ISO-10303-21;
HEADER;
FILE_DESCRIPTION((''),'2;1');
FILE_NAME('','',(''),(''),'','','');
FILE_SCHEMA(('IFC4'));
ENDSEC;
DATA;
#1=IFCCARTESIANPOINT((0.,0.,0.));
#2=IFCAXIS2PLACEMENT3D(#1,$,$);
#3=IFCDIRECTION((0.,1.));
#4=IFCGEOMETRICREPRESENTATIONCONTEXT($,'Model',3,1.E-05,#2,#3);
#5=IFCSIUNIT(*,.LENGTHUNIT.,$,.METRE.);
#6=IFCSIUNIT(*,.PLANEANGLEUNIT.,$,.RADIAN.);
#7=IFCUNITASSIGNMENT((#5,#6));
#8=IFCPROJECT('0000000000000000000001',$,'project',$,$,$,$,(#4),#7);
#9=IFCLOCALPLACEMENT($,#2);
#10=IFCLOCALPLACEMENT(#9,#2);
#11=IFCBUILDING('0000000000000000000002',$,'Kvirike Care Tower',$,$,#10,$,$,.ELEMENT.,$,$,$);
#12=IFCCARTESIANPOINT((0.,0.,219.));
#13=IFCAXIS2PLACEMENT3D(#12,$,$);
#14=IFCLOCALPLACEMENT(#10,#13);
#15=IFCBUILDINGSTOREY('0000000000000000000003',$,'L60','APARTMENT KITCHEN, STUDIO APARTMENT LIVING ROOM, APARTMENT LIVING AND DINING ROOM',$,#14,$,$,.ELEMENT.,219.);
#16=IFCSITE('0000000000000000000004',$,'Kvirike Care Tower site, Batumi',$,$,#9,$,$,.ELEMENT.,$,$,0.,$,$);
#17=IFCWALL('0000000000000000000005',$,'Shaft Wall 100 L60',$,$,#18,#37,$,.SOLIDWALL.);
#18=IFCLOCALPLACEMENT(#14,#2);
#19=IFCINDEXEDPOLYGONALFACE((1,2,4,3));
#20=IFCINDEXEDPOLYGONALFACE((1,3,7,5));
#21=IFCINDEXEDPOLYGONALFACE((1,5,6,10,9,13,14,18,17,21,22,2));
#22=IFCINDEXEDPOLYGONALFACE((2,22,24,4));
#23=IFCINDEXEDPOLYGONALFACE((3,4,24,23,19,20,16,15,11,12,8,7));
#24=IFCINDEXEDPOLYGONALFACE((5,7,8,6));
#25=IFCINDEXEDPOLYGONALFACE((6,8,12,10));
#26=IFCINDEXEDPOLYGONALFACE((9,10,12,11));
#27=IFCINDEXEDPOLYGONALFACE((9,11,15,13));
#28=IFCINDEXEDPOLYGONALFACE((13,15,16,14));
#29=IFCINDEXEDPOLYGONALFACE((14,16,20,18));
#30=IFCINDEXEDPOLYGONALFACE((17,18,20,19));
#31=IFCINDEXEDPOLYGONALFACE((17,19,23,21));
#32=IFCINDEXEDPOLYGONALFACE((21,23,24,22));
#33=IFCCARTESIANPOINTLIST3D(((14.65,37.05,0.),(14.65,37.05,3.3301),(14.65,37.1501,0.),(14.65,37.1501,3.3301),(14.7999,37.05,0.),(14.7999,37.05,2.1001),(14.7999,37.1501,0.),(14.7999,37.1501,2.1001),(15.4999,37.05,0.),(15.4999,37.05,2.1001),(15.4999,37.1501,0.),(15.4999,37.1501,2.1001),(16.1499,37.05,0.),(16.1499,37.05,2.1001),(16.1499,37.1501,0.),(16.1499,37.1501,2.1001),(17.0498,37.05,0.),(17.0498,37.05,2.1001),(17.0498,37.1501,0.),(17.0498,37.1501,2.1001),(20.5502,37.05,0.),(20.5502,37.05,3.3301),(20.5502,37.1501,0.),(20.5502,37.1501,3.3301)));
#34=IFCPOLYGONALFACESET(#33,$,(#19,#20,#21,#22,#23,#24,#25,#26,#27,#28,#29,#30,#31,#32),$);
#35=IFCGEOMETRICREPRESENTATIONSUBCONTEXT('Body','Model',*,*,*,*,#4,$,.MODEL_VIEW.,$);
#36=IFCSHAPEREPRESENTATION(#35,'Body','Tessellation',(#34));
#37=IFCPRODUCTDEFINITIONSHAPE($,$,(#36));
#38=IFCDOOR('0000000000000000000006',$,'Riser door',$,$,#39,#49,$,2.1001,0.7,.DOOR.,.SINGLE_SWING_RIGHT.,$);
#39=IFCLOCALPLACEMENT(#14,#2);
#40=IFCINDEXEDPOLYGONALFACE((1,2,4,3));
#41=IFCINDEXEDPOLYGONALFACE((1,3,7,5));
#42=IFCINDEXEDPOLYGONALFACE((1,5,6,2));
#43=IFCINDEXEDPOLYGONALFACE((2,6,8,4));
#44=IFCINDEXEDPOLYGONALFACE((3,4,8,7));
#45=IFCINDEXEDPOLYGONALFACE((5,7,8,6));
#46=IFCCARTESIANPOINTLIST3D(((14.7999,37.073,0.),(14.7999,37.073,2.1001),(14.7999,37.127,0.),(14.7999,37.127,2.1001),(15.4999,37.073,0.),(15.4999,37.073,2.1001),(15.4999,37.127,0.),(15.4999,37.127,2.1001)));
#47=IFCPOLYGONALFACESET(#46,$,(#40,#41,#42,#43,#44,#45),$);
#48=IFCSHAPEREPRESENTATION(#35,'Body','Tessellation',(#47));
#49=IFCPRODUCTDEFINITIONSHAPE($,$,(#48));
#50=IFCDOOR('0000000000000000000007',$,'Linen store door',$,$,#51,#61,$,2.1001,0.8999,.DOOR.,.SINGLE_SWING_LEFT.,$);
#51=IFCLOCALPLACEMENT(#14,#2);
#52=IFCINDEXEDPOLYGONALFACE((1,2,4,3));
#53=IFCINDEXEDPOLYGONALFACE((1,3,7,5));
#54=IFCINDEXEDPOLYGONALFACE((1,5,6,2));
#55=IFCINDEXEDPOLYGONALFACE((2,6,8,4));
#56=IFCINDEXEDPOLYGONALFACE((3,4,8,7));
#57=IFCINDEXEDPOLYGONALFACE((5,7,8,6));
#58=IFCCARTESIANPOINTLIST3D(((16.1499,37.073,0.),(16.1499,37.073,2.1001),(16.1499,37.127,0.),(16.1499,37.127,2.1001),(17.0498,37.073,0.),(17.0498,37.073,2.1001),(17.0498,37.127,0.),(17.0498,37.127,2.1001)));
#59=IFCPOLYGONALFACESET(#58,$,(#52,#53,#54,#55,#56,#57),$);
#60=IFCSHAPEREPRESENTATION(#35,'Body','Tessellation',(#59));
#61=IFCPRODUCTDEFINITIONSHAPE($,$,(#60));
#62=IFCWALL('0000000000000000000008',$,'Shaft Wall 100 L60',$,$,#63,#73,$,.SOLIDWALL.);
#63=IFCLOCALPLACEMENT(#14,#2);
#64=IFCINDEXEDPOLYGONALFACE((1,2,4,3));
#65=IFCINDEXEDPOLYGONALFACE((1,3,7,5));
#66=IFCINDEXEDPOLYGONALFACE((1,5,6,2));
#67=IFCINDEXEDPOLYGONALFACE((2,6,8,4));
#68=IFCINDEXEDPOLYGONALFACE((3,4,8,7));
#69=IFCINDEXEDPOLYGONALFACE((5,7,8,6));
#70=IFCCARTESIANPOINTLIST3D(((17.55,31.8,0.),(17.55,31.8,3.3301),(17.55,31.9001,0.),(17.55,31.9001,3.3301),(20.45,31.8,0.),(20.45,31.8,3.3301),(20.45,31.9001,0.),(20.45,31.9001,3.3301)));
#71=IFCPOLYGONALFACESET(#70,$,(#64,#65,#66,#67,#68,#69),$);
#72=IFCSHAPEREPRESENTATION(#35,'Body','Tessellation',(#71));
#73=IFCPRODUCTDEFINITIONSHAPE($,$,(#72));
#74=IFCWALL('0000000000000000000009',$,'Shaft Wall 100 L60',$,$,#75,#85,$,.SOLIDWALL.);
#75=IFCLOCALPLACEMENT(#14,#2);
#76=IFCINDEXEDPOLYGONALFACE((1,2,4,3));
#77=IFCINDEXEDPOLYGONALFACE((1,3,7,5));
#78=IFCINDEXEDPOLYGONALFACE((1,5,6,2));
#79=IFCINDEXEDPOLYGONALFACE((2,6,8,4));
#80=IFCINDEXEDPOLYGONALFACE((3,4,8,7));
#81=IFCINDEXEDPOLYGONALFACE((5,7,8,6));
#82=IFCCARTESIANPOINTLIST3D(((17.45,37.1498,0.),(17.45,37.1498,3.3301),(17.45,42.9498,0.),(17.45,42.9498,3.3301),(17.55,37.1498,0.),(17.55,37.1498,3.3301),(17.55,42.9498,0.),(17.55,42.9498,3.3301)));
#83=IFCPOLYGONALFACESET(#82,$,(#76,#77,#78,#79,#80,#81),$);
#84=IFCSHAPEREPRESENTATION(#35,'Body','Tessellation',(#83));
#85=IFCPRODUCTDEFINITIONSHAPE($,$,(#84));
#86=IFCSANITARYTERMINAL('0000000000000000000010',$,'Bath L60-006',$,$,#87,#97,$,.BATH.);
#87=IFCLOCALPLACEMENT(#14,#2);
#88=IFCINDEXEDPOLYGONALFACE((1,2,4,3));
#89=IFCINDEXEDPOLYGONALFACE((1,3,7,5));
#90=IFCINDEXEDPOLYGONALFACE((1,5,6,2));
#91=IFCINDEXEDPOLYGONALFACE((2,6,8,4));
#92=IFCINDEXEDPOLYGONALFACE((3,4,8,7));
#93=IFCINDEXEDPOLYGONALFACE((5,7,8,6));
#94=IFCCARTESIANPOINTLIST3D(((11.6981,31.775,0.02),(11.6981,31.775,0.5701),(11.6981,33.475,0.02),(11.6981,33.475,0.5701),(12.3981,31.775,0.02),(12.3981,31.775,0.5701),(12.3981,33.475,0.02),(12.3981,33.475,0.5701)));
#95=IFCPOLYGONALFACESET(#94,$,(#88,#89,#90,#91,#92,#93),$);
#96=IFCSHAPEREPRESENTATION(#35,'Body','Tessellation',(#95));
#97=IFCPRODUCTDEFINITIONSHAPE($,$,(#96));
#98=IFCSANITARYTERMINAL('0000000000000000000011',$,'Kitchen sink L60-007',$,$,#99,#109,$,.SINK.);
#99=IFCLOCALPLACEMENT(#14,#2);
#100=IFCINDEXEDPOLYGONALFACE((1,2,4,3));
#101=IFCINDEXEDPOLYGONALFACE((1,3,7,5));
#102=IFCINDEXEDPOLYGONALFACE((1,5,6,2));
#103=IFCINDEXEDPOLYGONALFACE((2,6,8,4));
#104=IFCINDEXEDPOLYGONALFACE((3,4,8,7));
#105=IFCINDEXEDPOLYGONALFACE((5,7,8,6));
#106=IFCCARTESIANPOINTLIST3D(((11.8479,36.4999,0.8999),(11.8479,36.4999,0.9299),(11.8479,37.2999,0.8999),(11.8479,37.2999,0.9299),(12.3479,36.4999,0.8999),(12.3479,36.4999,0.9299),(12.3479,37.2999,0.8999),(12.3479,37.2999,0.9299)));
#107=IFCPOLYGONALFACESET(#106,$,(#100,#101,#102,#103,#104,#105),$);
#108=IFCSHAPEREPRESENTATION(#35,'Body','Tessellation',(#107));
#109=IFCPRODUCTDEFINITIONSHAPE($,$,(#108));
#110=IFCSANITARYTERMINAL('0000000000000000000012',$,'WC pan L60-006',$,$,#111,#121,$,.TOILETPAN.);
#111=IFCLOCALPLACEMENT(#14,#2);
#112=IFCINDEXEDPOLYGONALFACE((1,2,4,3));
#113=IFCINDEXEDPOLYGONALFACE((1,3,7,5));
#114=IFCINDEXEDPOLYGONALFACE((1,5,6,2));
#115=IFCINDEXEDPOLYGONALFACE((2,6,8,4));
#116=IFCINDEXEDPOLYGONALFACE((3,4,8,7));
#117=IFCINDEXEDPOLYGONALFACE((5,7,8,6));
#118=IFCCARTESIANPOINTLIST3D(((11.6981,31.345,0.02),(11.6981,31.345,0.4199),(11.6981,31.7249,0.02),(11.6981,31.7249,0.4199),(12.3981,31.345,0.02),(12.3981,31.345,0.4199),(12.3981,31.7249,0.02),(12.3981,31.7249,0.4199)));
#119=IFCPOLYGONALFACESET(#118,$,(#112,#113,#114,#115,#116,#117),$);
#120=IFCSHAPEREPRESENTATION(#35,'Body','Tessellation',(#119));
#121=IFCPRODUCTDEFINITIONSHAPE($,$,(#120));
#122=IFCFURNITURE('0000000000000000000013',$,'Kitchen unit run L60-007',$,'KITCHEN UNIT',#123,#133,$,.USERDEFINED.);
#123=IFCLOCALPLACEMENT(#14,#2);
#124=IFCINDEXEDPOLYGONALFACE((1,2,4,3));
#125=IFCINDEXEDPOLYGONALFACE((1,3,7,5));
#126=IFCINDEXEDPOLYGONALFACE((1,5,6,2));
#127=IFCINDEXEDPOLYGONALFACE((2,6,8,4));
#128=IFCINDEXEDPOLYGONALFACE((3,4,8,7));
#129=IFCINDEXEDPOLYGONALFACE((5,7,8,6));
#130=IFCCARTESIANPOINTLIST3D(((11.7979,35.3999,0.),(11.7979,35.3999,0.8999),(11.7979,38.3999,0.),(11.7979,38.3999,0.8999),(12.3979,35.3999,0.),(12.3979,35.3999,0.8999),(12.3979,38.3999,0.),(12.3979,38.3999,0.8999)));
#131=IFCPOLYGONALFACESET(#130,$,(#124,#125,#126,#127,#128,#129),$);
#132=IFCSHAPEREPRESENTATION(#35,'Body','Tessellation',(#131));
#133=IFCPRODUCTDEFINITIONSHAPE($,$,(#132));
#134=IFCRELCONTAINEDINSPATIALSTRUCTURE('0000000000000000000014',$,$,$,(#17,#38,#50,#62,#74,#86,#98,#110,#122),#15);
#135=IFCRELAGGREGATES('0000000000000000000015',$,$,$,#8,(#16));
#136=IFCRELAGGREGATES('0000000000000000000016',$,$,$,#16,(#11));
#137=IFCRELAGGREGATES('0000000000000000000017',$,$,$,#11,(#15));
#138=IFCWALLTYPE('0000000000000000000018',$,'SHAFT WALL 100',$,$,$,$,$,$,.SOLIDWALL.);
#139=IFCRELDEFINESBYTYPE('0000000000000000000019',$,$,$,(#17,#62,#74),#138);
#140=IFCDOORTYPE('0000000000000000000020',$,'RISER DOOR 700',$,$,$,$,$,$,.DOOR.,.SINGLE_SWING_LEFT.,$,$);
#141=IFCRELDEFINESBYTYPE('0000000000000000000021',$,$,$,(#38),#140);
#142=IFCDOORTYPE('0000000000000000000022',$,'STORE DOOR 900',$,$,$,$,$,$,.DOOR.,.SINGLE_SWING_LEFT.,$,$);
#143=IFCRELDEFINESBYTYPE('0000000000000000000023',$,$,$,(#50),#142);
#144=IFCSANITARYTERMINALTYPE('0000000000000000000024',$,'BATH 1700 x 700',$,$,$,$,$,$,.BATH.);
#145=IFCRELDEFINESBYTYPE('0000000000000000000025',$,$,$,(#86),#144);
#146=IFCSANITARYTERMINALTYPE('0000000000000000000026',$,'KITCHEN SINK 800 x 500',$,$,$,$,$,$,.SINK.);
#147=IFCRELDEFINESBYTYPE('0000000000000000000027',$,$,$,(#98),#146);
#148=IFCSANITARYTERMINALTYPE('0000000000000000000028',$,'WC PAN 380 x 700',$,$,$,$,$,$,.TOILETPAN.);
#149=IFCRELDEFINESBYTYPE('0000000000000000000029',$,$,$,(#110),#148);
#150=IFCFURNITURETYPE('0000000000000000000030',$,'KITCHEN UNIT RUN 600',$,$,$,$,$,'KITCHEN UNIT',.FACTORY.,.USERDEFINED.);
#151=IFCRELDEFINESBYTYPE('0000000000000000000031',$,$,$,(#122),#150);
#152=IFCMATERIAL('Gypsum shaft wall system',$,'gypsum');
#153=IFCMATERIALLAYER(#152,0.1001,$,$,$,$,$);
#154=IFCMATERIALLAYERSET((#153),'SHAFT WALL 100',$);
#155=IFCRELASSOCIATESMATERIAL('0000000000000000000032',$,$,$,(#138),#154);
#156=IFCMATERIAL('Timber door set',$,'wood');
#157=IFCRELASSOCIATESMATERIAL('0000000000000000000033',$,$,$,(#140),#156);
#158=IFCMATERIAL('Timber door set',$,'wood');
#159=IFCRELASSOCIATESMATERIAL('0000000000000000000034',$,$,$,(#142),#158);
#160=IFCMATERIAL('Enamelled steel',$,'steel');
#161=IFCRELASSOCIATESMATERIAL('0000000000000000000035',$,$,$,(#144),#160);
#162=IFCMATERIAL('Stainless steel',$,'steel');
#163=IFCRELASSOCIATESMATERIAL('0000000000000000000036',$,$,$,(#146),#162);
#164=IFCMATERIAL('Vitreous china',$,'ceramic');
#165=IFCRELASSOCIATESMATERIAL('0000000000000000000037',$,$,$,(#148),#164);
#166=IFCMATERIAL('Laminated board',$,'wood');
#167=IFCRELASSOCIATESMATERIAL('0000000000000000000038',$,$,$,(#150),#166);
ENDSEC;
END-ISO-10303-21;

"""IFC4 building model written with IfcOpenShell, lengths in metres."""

from ifc_helpers import new_model, si_unit, direction, frame, frame_2d, origin, origin_2d, place, context, subcontext, project, spatial, rectangle, extrude, material, layer, layer_set, type_object, element, fill, save


model = new_model("IFC4")

# Units and contexts
model_context = context("Model", 3, precision=1e-05, world=origin(), true_north=direction((0.0, 1.0)))
body_context = subcontext(model_context, "Body", "Model", "MODEL_VIEW")
ifc_project = project(units=[si_unit("LENGTHUNIT", "METRE"), si_unit("PLANEANGLEUNIT", "RADIAN")], contexts=[model_context])

# Site, building, storey
site_placement = place(None, origin())
site = spatial("IfcSite", under=ifc_project, at=site_placement, Name="Kvirike Care Tower site, Batumi", CompositionType="ELEMENT", RefElevation=0.0)
building_placement = place(site_placement, origin())
building = spatial("IfcBuilding", under=site, at=building_placement, Name="Kvirike Care Tower", CompositionType="ELEMENT")
storey_placement = place(building_placement, frame((0.0, 0.0, 219.0)))
storey = spatial("IfcBuildingStorey", under=building, at=storey_placement, Name="L60", Description="APARTMENT KITCHEN, STUDIO APARTMENT LIVING ROOM, APARTMENT LIVING AND DINING ROOM", CompositionType="ELEMENT", Elevation=219.0)

# Shared definitions
ifc_material_1 = material(Name="Gypsum shaft wall system", Category="gypsum")
ifc_layer_1 = layer(ifc_material_1, 0.1001)
ifc_layer_set_1 = layer_set([ifc_layer_1], Name="SHAFT WALL 100")
wall_type_1 = type_object("IfcWallType", Name="SHAFT WALL 100", PredefinedType="SOLIDWALL", material=ifc_layer_set_1)

# Shared definitions
ifc_material_2 = material(Name="Timber door set", Category="wood")
door_type_1 = type_object("IfcDoorType", Name="RISER DOOR 700", OperationType="SINGLE_SWING_LEFT", PredefinedType="DOOR", material=ifc_material_2)

# Wall, openings, doors
wall_1_placement = place(storey_placement, frame((14.6499, 37.1001, 0.0), z_axis=(0.0, 0.0, 1.0), x_axis=(1.0, 0.0, 0.0)))
wall_1 = element("IfcWall", 1, at=wall_1_placement, inside=storey, type_object=wall_type_1, Name="Shaft Wall 100 L60", PredefinedType="SOLIDWALL", context=body_context, shape_type="SweptSolid", body=[
    extrude(rectangle(XDim=5.9001, YDim=0.1001, at=frame_2d((2.9502, 0.0))), origin(), (0.0, 0.0, 1.0), 3.3301),
])
opening_1_placement = place(wall_1_placement, frame((0.1499, 0.0, 0.0)))
opening_1 = element("IfcOpeningElement", 2, at=opening_1_placement, cuts=wall_1, PredefinedType="OPENING", context=body_context, shape_type="SweptSolid", body=[
    extrude(rectangle(XDim=0.7, YDim=2.1001, at=frame_2d((0.3501, 1.05))), frame((0.0, 0.0605, 0.0), z_axis=(0.0, -1.0, 0.0), x_axis=(1.0, 0.0, 0.0)), (0.0, 0.0, 1.0), 0.1211),
])
opening_2_placement = place(wall_1_placement, frame((1.5, 0.0, 0.0)))
opening_2 = element("IfcOpeningElement", 3, at=opening_2_placement, cuts=wall_1, PredefinedType="OPENING", context=body_context, shape_type="SweptSolid", body=[
    extrude(rectangle(XDim=0.8999, YDim=2.1001, at=frame_2d((0.45, 1.05))), frame((0.0, 0.0605, 0.0), z_axis=(0.0, -1.0, 0.0), x_axis=(1.0, 0.0, 0.0)), (0.0, 0.0, 1.0), 0.1211),
])
door_1_placement = place(opening_1_placement, origin())
door_1 = element("IfcDoor", 4, at=door_1_placement, inside=storey, type_object=door_type_1, Name="Riser door", OperationType="SINGLE_SWING_RIGHT", OverallHeight=2.1001, OverallWidth=0.7, PredefinedType="DOOR", context=body_context, shape_type="SweptSolid", body=[
    extrude(rectangle(XDim=0.7, YDim=2.1001, at=frame_2d((0.3501, 1.05))), frame((0.0, 0.0269, 0.0), z_axis=(0.0, -1.0, 0.0), x_axis=(1.0, 0.0, 0.0)), (0.0, 0.0, 1.0), 0.054),
])
fill(opening_1, door_1)
ifc_material_3 = material(Name="Timber door set", Category="wood")
door_type_2 = type_object("IfcDoorType", Name="STORE DOOR 900", OperationType="SINGLE_SWING_LEFT", PredefinedType="DOOR", material=ifc_material_3)
door_2_placement = place(opening_2_placement, origin())
door_2 = element("IfcDoor", 5, at=door_2_placement, inside=storey, type_object=door_type_2, Name="Linen store door", OperationType="SINGLE_SWING_LEFT", OverallHeight=2.1001, OverallWidth=0.8999, PredefinedType="DOOR", context=body_context, shape_type="SweptSolid", body=[
    extrude(rectangle(XDim=0.8999, YDim=2.1001, at=frame_2d((0.45, 1.05))), frame((0.0, 0.0269, 0.0), z_axis=(0.0, -1.0, 0.0), x_axis=(1.0, 0.0, 0.0)), (0.0, 0.0, 1.0), 0.054),
])
fill(opening_2, door_2)

# Walls
wall_2_placement = place(storey_placement, frame((17.55, 31.8501, 0.0), z_axis=(0.0, 0.0, 1.0), x_axis=(1.0, 0.0, 0.0)))
element("IfcWall", 6, at=wall_2_placement, inside=storey, type_object=wall_type_1, Name="Shaft Wall 100 L60", PredefinedType="SOLIDWALL", context=body_context, shape_type="SweptSolid", body=[
    extrude(rectangle(XDim=2.8999, YDim=0.1001, at=frame_2d((1.45, 0.0))), origin(), (0.0, 0.0, 1.0), 3.3301),
])
wall_3_placement = place(storey_placement, frame((17.5, 37.1499, 0.0), z_axis=(0.0, 0.0, 1.0), x_axis=(0.0, 1.0, 0.0)))
element("IfcWall", 7, at=wall_3_placement, inside=storey, type_object=wall_type_1, Name="Shaft Wall 100 L60", PredefinedType="SOLIDWALL", context=body_context, shape_type="SweptSolid", body=[
    extrude(rectangle(XDim=5.8, YDim=0.1001, at=frame_2d((2.8999, 0.0))), origin(), (0.0, 0.0, 1.0), 3.3301),
])

# Sanitary terminals
ifc_material_4 = material(Name="Enamelled steel", Category="steel")
sanitary_terminal_type_1 = type_object("IfcSanitaryTerminalType", Name="BATH 1700 x 700", PredefinedType="BATH", material=ifc_material_4)
sanitary_terminal_1_placement = place(storey_placement, frame((12.0481, 32.625, 0.02), z_axis=(0.0, 0.0, 1.0), x_axis=(0.0, -1.0, 0.0)))
element("IfcSanitaryTerminal", 8, at=sanitary_terminal_1_placement, inside=storey, type_object=sanitary_terminal_type_1, Name="Bath L60-006", PredefinedType="BATH", context=body_context, shape_type="SweptSolid", body=[
    extrude(rectangle(XDim=1.7, YDim=0.7, at=origin_2d()), origin(), (0.0, 0.0, 1.0), 0.55),
])
ifc_material_5 = material(Name="Stainless steel", Category="steel")
sanitary_terminal_type_2 = type_object("IfcSanitaryTerminalType", Name="KITCHEN SINK 800 x 500", PredefinedType="SINK", material=ifc_material_5)
sanitary_terminal_2_placement = place(storey_placement, frame((12.0979, 36.8999, 0.8999), z_axis=(0.0, 0.0, 1.0), x_axis=(0.0, -1.0, 0.0)))
element("IfcSanitaryTerminal", 9, at=sanitary_terminal_2_placement, inside=storey, type_object=sanitary_terminal_type_2, Name="Kitchen sink L60-007", PredefinedType="SINK", context=body_context, shape_type="SweptSolid", body=[
    extrude(rectangle(XDim=0.8, YDim=0.5, at=origin_2d()), origin(), (0.0, 0.0, 1.0), 0.03),
])
ifc_material_6 = material(Name="Vitreous china", Category="ceramic")
sanitary_terminal_type_3 = type_object("IfcSanitaryTerminalType", Name="WC PAN 380 x 700", PredefinedType="TOILETPAN", material=ifc_material_6)
sanitary_terminal_3_placement = place(storey_placement, frame((12.0481, 31.5349, 0.02), z_axis=(0.0, 0.0, 1.0), x_axis=(0.0, -1.0, 0.0)))
element("IfcSanitaryTerminal", 10, at=sanitary_terminal_3_placement, inside=storey, type_object=sanitary_terminal_type_3, Name="WC pan L60-006", PredefinedType="TOILETPAN", context=body_context, shape_type="SweptSolid", body=[
    extrude(rectangle(XDim=0.3799, YDim=0.7, at=origin_2d()), origin(), (0.0, 0.0, 1.0), 0.3999),
])

# Furniture
ifc_material_7 = material(Name="Laminated board", Category="wood")
furniture_type = type_object("IfcFurnitureType", Name="KITCHEN UNIT RUN 600", ElementType="KITCHEN UNIT", AssemblyPlace="FACTORY", PredefinedType="USERDEFINED", material=ifc_material_7)
furniture_placement = place(storey_placement, frame((12.0979, 36.8999, 0.0), z_axis=(0.0, 0.0, 1.0), x_axis=(0.0, -1.0, 0.0)))
element("IfcFurniture", 11, at=furniture_placement, inside=storey, type_object=furniture_type, Name="Kitchen unit run L60-007", ObjectType="KITCHEN UNIT", PredefinedType="USERDEFINED", context=body_context, shape_type="SweptSolid", body=[
    extrude(rectangle(XDim=3.0, YDim=0.6001, at=origin_2d()), origin(), (0.0, 0.0, 1.0), 0.8999),
])

save(model, "model.ifc")
